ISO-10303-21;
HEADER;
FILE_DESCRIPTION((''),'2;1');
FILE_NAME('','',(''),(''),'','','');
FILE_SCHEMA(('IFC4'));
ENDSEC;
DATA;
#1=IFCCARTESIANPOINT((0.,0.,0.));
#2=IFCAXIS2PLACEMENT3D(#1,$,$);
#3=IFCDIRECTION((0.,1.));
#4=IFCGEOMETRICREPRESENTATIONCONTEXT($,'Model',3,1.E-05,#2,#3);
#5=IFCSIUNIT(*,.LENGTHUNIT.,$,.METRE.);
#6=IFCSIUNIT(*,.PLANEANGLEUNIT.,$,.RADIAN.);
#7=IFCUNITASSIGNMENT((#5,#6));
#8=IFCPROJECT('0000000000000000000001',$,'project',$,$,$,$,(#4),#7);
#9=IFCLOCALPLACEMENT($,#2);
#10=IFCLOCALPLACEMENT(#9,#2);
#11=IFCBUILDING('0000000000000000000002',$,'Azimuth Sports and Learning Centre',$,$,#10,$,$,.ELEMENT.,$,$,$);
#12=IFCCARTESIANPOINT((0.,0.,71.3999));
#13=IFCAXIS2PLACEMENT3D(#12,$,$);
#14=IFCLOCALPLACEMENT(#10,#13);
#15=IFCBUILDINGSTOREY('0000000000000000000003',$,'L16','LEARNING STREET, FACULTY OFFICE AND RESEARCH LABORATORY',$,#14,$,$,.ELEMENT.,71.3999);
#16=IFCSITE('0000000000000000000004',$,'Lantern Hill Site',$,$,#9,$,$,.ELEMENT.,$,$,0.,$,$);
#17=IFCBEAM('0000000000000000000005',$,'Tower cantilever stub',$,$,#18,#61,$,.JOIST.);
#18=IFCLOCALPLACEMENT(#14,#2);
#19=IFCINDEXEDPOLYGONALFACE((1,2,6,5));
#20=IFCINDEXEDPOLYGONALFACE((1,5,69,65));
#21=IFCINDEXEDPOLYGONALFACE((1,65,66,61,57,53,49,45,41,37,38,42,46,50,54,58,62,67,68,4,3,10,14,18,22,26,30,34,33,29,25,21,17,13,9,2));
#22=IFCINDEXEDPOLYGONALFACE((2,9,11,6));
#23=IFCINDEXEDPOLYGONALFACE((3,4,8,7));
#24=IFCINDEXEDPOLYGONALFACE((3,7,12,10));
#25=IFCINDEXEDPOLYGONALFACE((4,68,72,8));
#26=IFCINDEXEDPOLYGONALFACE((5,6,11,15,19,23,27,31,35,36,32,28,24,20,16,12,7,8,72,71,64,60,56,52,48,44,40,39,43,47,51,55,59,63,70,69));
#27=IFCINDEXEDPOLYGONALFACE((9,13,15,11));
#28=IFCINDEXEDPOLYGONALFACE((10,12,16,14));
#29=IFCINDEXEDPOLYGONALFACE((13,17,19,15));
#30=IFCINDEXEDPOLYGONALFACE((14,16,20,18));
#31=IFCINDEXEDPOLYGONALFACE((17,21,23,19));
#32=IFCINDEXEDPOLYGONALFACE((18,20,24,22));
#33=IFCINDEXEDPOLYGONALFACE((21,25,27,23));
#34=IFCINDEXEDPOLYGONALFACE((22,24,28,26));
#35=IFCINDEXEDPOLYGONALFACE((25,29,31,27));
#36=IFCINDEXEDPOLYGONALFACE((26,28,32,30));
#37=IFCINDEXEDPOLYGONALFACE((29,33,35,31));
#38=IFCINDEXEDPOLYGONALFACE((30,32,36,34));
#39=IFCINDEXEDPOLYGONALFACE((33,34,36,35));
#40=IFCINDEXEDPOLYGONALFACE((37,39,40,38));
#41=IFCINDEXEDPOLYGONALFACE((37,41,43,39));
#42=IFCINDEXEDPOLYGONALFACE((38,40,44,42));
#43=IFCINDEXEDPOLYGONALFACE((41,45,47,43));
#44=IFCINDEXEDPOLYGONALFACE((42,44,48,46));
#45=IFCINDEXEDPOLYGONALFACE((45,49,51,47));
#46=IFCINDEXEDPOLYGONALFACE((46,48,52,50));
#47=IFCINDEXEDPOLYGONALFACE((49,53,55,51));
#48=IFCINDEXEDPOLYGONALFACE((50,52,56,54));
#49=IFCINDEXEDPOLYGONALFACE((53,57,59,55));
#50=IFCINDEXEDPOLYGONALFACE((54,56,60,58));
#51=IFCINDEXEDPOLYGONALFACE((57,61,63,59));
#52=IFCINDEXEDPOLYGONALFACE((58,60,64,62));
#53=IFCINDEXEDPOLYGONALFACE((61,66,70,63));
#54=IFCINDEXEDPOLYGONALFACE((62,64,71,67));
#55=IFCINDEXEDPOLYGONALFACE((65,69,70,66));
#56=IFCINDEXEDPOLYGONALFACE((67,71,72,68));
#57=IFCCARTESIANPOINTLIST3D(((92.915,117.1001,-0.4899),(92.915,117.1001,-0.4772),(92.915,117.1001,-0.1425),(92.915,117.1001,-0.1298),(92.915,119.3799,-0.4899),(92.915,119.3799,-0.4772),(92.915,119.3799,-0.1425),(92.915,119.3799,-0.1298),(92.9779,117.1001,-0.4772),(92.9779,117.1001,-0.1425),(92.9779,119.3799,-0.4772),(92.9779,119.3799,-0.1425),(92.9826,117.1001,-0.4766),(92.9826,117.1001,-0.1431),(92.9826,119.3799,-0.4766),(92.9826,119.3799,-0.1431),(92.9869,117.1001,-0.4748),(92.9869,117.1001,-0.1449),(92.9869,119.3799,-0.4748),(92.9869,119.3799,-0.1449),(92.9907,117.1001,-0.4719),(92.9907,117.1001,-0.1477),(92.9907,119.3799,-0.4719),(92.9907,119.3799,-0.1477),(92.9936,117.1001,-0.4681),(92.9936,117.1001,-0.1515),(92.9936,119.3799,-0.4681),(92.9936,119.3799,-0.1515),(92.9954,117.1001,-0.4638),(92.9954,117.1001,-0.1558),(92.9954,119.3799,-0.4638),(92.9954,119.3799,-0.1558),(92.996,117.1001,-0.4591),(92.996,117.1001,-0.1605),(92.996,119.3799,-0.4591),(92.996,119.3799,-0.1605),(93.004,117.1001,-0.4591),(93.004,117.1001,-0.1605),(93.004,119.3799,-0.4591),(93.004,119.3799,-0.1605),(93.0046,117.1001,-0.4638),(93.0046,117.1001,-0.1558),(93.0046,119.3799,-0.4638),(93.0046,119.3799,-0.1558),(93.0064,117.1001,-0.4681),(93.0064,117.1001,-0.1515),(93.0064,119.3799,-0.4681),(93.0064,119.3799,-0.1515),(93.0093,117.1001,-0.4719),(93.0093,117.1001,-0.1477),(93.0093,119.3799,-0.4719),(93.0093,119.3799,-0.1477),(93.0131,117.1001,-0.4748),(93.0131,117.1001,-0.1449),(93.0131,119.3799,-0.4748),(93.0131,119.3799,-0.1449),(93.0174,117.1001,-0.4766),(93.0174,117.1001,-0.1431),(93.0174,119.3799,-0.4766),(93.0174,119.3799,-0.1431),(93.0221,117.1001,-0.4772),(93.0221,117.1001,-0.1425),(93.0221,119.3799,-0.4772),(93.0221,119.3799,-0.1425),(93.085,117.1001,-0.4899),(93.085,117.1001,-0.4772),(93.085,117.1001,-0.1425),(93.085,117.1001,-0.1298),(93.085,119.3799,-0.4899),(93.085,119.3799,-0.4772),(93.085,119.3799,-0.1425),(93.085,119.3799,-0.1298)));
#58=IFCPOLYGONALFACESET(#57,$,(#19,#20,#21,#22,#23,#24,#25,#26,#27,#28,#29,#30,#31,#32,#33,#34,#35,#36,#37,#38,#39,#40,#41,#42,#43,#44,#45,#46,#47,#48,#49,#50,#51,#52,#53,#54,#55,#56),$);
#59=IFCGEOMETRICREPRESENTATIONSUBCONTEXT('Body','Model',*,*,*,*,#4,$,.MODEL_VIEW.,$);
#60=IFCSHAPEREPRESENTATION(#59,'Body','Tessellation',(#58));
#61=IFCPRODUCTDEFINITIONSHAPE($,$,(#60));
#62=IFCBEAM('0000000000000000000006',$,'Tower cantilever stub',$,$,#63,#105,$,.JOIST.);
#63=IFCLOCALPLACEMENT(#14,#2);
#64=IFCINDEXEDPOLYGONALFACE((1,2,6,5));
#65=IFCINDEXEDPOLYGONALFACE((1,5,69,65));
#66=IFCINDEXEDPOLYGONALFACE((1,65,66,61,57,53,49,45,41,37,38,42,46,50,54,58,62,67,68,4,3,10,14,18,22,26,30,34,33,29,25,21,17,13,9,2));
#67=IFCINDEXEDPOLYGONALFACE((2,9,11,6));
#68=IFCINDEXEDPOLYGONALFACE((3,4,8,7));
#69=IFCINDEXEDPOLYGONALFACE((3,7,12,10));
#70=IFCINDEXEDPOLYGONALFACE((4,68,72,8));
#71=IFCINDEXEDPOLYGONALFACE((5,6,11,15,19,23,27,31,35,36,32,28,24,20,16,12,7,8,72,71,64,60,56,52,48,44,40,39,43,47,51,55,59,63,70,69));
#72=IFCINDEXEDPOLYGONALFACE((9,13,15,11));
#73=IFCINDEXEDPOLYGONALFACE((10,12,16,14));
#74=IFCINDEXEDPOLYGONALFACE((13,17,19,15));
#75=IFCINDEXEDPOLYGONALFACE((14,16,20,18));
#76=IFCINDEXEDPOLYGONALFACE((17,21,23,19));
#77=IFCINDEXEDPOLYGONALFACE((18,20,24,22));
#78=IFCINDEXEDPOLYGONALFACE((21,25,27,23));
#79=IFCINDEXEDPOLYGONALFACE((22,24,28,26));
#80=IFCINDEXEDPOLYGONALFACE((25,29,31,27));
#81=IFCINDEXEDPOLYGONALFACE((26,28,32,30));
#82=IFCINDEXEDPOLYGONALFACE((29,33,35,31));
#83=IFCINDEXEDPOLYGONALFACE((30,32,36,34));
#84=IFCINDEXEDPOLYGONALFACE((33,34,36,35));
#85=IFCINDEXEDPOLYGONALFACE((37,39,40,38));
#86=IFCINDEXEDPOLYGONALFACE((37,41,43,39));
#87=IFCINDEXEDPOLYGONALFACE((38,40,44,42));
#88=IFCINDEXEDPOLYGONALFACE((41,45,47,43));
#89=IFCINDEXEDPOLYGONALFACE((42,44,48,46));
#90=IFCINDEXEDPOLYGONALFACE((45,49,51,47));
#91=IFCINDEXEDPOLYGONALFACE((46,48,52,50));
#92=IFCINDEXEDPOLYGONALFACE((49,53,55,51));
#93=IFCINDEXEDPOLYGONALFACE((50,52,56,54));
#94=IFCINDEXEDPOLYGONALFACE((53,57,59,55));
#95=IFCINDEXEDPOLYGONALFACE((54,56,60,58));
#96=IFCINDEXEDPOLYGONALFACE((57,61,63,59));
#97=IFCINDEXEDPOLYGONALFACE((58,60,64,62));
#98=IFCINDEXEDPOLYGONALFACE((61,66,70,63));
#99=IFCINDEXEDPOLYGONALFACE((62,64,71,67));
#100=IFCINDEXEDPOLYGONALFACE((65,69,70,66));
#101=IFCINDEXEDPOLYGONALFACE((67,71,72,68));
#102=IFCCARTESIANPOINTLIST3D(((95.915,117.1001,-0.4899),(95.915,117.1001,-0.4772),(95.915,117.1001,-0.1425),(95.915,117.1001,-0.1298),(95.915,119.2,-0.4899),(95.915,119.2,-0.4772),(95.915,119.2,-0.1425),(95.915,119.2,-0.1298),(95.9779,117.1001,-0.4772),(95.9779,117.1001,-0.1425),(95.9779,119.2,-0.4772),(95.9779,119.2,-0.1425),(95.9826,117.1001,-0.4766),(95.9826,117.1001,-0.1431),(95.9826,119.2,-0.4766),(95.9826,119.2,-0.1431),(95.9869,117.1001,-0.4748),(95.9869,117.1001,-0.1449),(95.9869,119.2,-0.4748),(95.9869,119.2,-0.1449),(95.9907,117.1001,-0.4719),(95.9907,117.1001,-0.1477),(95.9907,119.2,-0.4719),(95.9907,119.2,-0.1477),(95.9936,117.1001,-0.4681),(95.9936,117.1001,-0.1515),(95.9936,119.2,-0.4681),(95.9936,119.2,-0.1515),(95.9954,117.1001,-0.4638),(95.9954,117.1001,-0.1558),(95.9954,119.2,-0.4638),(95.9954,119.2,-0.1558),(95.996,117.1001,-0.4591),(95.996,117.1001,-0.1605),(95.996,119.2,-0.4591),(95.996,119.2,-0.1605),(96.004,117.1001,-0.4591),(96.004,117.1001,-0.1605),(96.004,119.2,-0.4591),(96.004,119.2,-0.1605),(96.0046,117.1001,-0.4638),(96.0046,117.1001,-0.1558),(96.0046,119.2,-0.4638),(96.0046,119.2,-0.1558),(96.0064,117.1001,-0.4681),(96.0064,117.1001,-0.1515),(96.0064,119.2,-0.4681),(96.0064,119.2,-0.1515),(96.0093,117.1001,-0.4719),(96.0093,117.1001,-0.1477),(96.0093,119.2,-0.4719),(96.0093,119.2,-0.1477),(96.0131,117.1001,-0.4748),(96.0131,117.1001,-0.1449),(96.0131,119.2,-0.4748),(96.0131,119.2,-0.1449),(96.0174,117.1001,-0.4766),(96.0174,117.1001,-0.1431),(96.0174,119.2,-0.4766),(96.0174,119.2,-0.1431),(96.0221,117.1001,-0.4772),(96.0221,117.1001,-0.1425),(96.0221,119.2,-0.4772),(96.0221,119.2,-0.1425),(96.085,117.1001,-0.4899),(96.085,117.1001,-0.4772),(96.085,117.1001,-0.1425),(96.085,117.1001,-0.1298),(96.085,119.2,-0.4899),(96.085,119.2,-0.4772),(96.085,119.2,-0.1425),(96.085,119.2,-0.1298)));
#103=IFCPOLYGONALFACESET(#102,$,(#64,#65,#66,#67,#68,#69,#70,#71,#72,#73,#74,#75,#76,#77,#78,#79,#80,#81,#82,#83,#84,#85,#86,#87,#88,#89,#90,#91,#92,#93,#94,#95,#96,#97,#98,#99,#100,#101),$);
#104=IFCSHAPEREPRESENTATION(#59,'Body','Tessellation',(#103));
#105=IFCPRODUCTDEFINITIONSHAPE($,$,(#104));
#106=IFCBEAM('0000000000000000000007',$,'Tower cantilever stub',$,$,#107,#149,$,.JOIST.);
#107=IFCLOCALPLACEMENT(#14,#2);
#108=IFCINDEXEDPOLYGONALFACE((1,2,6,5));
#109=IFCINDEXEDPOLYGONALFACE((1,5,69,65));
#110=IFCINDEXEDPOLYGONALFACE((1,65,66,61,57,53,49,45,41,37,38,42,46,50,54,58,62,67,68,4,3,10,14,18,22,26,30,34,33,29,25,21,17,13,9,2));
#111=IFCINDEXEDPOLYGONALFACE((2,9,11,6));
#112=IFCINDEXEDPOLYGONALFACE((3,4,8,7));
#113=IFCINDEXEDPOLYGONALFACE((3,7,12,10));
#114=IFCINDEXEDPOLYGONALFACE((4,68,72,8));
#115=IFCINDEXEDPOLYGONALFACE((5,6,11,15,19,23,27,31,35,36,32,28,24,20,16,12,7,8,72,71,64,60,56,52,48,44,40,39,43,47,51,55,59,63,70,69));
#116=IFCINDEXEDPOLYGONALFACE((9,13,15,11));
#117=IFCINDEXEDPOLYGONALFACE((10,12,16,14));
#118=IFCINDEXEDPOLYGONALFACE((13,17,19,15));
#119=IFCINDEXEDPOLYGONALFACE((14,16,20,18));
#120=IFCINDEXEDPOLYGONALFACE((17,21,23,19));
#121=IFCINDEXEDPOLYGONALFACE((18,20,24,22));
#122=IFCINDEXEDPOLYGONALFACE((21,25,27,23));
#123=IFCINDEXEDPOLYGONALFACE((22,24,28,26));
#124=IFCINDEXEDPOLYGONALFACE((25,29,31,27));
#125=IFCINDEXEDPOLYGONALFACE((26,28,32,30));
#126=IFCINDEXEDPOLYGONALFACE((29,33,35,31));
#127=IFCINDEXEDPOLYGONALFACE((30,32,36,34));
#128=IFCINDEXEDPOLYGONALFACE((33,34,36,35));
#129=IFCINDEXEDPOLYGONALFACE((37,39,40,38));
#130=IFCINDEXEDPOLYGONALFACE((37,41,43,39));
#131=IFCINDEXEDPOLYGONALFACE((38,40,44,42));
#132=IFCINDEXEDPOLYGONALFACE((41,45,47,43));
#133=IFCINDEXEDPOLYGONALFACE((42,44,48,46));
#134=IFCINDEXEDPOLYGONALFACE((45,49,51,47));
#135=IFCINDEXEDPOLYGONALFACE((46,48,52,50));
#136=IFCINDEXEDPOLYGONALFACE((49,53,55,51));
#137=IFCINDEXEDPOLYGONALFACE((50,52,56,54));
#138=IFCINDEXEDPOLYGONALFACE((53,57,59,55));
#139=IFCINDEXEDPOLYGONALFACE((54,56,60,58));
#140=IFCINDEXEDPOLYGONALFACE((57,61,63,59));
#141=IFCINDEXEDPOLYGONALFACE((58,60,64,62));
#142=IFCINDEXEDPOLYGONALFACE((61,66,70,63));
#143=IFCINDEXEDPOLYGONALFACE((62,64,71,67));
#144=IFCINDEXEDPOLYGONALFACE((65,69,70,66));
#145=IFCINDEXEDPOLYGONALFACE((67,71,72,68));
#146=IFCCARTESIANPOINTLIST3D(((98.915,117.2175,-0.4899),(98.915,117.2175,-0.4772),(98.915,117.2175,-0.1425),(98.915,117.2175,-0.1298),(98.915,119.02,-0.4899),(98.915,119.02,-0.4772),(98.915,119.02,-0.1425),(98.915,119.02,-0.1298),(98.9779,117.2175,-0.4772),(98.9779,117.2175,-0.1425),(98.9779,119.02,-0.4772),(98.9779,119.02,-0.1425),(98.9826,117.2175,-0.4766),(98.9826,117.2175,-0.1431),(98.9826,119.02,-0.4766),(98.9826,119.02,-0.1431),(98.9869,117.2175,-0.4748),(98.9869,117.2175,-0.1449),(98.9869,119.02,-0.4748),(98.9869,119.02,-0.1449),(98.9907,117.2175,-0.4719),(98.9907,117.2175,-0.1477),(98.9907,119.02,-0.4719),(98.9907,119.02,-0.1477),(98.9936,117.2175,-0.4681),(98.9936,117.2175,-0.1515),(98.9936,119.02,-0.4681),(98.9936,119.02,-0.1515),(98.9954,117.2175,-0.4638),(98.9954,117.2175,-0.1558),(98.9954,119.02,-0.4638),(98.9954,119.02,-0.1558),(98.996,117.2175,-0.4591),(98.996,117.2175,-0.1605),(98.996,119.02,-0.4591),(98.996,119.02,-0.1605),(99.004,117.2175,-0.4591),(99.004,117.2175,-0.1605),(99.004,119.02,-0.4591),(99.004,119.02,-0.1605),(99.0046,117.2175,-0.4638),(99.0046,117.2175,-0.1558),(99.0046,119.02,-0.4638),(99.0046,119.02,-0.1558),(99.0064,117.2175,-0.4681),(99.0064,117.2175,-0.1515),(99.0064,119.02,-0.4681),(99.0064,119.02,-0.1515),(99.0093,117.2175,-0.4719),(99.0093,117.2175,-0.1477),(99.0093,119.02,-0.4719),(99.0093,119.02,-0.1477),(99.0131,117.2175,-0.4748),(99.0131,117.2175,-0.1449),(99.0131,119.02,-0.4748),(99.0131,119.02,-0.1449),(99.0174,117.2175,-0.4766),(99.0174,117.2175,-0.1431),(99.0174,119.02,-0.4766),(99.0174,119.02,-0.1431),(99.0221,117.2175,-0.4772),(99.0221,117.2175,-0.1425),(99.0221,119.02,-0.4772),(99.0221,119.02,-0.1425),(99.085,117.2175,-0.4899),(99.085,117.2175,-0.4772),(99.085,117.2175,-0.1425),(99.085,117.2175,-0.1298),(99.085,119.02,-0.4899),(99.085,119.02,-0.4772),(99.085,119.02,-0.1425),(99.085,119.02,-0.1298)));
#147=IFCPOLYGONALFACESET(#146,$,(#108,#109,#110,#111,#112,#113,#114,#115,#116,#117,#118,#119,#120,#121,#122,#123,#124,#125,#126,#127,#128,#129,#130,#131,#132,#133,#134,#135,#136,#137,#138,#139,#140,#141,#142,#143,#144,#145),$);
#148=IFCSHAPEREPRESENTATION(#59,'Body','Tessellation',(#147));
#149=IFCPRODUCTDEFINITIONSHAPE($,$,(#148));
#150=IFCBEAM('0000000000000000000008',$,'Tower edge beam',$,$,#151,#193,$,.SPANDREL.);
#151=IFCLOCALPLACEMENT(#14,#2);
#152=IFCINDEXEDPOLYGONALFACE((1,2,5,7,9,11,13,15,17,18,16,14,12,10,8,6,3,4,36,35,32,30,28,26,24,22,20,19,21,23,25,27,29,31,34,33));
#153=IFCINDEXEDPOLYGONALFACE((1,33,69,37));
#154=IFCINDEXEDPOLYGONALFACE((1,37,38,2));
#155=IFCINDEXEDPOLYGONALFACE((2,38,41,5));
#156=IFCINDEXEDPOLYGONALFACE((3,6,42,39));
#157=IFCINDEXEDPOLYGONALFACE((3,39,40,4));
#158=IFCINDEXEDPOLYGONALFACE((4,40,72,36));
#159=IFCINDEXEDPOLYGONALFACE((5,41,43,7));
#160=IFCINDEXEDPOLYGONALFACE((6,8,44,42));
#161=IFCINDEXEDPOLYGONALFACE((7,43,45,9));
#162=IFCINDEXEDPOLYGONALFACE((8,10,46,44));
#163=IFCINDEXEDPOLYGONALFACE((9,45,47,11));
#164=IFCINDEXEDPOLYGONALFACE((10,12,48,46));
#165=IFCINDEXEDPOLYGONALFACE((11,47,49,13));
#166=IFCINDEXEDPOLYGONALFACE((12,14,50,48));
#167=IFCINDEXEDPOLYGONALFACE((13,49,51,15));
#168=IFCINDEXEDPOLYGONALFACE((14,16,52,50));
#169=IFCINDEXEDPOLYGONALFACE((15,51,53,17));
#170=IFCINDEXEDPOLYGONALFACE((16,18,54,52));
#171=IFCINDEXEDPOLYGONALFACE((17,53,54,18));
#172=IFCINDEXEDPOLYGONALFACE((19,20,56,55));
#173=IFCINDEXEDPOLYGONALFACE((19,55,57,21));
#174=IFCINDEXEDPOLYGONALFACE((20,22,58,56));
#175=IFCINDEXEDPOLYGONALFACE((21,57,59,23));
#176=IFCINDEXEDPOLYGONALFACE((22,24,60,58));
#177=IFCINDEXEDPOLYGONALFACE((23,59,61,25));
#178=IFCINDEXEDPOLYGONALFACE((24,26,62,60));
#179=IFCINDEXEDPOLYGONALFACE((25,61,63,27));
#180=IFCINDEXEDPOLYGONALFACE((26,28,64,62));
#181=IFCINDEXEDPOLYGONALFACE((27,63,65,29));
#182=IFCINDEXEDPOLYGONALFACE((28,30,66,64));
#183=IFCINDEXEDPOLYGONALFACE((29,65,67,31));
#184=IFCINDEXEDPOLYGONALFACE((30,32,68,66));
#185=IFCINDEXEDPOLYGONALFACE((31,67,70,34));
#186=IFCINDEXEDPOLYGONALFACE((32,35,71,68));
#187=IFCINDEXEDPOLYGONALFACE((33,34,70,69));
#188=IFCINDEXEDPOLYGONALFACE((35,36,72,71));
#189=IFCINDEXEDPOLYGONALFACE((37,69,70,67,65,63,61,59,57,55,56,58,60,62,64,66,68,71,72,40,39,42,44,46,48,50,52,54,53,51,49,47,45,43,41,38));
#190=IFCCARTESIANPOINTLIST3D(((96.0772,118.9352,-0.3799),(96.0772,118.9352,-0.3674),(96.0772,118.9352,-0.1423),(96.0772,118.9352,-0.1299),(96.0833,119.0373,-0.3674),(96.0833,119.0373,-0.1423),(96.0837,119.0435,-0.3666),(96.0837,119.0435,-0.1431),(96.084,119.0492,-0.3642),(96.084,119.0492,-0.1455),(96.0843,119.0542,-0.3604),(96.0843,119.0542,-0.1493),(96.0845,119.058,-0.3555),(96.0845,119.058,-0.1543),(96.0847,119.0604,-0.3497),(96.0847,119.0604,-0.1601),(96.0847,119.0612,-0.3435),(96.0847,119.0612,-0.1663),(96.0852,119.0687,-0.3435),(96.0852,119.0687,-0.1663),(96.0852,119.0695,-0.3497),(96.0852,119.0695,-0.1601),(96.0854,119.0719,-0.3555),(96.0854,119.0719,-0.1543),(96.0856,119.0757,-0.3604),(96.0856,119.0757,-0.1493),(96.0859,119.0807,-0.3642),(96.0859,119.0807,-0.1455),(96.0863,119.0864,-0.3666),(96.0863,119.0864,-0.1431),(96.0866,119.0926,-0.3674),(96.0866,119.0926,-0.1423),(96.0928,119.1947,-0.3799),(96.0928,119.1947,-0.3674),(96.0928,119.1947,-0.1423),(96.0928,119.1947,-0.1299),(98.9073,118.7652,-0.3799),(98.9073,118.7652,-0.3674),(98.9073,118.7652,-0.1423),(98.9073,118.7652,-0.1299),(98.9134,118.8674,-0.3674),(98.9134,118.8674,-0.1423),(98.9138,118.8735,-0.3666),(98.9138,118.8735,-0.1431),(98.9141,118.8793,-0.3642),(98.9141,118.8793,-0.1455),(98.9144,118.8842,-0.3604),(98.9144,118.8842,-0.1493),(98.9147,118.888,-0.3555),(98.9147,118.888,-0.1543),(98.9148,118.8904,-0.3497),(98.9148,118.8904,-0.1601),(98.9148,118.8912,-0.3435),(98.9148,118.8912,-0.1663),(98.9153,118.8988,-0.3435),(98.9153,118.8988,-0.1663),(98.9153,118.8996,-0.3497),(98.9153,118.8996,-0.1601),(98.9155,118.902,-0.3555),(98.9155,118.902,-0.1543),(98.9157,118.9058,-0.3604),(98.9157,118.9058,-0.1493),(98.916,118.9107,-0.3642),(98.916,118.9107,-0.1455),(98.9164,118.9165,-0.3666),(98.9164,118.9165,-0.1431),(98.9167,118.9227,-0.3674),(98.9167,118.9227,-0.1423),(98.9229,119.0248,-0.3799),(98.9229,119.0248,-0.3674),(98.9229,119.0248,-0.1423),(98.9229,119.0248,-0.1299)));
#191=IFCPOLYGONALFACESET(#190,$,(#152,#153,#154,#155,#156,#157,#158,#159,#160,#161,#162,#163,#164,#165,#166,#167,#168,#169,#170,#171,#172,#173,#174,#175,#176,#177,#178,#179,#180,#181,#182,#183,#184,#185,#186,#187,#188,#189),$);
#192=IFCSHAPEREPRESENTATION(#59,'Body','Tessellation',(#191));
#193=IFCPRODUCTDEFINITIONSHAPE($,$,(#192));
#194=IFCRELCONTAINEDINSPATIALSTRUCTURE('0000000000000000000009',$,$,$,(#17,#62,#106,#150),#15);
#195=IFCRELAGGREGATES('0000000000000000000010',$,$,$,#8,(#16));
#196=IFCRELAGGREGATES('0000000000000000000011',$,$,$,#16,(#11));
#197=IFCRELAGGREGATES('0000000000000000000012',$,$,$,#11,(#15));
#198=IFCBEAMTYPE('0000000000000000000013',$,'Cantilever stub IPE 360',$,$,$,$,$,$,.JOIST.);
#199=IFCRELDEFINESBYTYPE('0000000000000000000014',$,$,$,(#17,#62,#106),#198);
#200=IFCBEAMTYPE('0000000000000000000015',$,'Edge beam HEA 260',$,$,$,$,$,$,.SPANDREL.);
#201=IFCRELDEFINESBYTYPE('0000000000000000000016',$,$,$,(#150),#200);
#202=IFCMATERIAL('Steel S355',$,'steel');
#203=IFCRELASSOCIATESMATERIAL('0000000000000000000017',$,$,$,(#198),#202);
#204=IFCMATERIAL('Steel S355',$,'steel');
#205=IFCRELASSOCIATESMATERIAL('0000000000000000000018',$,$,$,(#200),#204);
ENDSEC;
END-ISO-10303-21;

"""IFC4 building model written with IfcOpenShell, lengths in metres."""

from ifc_helpers import new_model, si_unit, direction, frame, origin, origin_2d, place, context, subcontext, project, spatial, i_section, extrude, material, material_profile, profile_set, type_object, element, save


model = new_model("IFC4")

# Units and contexts
model_context = context("Model", 3, precision=1e-05, world=origin(), true_north=direction((0.0, 1.0)))
body_context = subcontext(model_context, "Body", "Model", "MODEL_VIEW")
ifc_project = project(units=[si_unit("LENGTHUNIT", "METRE"), si_unit("PLANEANGLEUNIT", "RADIAN")], contexts=[model_context])

# Site, building, storey
site_placement = place(None, origin())
site = spatial("IfcSite", under=ifc_project, at=site_placement, Name="Lantern Hill Site", CompositionType="ELEMENT", RefElevation=0.0)
building_placement = place(site_placement, origin())
building = spatial("IfcBuilding", under=site, at=building_placement, Name="Azimuth Sports and Learning Centre", CompositionType="ELEMENT")
storey_placement = place(building_placement, frame((0.0, 0.0, 71.3999)))
storey = spatial("IfcBuildingStorey", under=building, at=storey_placement, Name="L16", Description="LEARNING STREET, FACULTY OFFICE AND RESEARCH LABORATORY", CompositionType="ELEMENT", Elevation=71.3999)

# Beams
ifc_material_1 = material(Name="Steel S355", Category="steel")
ifc_material_profile_1 = material_profile(ifc_material_1, i_section(OverallWidth=0.1699, OverallDepth=0.3601, WebThickness=0.0081, FlangeThickness=0.0127, FilletRadius=0.0181, at=origin_2d()), Name="IPE 360")
ifc_profile_set_1 = profile_set([ifc_material_profile_1], Name="Steel S355")
beam_type_1 = type_object("IfcBeamType", Name="Cantilever stub IPE 360", PredefinedType="JOIST", material=ifc_profile_set_1)
beam_1_placement = place(storey_placement, frame((93.0, 117.1001, -0.3098), z_axis=(0.0, 1.0, 0.0), x_axis=(-1.0, 0.0, 0.0)))
element("IfcBeam", 1, at=beam_1_placement, inside=storey, type_object=beam_type_1, Name="Tower cantilever stub", PredefinedType="JOIST", context=body_context, shape_type="SweptSolid", body=[
    extrude(i_section(OverallWidth=0.1699, OverallDepth=0.3601, WebThickness=0.0081, FlangeThickness=0.0127, FilletRadius=0.0181, at=origin_2d()), origin(), (0.0, 0.0, 1.0), 2.2798),
])
beam_2_placement = place(storey_placement, frame((96.0, 117.1001, -0.3098), z_axis=(0.0, 1.0, 0.0), x_axis=(-1.0, 0.0, 0.0)))
element("IfcBeam", 2, at=beam_2_placement, inside=storey, type_object=beam_type_1, Name="Tower cantilever stub", PredefinedType="JOIST", context=body_context, shape_type="SweptSolid", body=[
    extrude(i_section(OverallWidth=0.1699, OverallDepth=0.3601, WebThickness=0.0081, FlangeThickness=0.0127, FilletRadius=0.0181, at=origin_2d()), origin(), (0.0, 0.0, 1.0), 2.0999),
])
beam_3_placement = place(storey_placement, frame((99.0, 117.2175, -0.3098), z_axis=(0.0, 1.0, 0.0), x_axis=(-1.0, 0.0, 0.0)))
element("IfcBeam", 3, at=beam_3_placement, inside=storey, type_object=beam_type_1, Name="Tower cantilever stub", PredefinedType="JOIST", context=body_context, shape_type="SweptSolid", body=[
    extrude(i_section(OverallWidth=0.1699, OverallDepth=0.3601, WebThickness=0.0081, FlangeThickness=0.0127, FilletRadius=0.0181, at=origin_2d()), origin(), (0.0, 0.0, 1.0), 1.8025),
])
ifc_material_2 = material(Name="Steel S355", Category="steel")
ifc_material_profile_2 = material_profile(ifc_material_2, i_section(OverallWidth=0.26, OverallDepth=0.25, WebThickness=0.0076, FlangeThickness=0.0125, FilletRadius=0.0239, at=origin_2d()), Name="HEA 260")
ifc_profile_set_2 = profile_set([ifc_material_profile_2], Name="Steel S355")
beam_type_2 = type_object("IfcBeamType", Name="Edge beam HEA 260", PredefinedType="SPANDREL", material=ifc_profile_set_2)
for number, where, z_axis, x_axis, name in (
    (4, (96.085, 119.0649, -0.2549), (0.998202, -0.059933, 0.0), (0.059933, 0.998202, 0.0), "Tower edge beam"),
):
    element("IfcBeam", number, at=place(storey_placement, frame(where, z_axis=z_axis, x_axis=x_axis)), inside=storey, type_object=beam_type_2, Name=name, PredefinedType="SPANDREL", context=body_context, shape_type="SweptSolid", body=[
        extrude(i_section(OverallWidth=0.26, OverallDepth=0.25, WebThickness=0.0076, FlangeThickness=0.0125, FilletRadius=0.0239, at=origin_2d()), origin(), (0.0, 0.0, 1.0), 2.8352),
    ])

save(model, "model.ifc")
